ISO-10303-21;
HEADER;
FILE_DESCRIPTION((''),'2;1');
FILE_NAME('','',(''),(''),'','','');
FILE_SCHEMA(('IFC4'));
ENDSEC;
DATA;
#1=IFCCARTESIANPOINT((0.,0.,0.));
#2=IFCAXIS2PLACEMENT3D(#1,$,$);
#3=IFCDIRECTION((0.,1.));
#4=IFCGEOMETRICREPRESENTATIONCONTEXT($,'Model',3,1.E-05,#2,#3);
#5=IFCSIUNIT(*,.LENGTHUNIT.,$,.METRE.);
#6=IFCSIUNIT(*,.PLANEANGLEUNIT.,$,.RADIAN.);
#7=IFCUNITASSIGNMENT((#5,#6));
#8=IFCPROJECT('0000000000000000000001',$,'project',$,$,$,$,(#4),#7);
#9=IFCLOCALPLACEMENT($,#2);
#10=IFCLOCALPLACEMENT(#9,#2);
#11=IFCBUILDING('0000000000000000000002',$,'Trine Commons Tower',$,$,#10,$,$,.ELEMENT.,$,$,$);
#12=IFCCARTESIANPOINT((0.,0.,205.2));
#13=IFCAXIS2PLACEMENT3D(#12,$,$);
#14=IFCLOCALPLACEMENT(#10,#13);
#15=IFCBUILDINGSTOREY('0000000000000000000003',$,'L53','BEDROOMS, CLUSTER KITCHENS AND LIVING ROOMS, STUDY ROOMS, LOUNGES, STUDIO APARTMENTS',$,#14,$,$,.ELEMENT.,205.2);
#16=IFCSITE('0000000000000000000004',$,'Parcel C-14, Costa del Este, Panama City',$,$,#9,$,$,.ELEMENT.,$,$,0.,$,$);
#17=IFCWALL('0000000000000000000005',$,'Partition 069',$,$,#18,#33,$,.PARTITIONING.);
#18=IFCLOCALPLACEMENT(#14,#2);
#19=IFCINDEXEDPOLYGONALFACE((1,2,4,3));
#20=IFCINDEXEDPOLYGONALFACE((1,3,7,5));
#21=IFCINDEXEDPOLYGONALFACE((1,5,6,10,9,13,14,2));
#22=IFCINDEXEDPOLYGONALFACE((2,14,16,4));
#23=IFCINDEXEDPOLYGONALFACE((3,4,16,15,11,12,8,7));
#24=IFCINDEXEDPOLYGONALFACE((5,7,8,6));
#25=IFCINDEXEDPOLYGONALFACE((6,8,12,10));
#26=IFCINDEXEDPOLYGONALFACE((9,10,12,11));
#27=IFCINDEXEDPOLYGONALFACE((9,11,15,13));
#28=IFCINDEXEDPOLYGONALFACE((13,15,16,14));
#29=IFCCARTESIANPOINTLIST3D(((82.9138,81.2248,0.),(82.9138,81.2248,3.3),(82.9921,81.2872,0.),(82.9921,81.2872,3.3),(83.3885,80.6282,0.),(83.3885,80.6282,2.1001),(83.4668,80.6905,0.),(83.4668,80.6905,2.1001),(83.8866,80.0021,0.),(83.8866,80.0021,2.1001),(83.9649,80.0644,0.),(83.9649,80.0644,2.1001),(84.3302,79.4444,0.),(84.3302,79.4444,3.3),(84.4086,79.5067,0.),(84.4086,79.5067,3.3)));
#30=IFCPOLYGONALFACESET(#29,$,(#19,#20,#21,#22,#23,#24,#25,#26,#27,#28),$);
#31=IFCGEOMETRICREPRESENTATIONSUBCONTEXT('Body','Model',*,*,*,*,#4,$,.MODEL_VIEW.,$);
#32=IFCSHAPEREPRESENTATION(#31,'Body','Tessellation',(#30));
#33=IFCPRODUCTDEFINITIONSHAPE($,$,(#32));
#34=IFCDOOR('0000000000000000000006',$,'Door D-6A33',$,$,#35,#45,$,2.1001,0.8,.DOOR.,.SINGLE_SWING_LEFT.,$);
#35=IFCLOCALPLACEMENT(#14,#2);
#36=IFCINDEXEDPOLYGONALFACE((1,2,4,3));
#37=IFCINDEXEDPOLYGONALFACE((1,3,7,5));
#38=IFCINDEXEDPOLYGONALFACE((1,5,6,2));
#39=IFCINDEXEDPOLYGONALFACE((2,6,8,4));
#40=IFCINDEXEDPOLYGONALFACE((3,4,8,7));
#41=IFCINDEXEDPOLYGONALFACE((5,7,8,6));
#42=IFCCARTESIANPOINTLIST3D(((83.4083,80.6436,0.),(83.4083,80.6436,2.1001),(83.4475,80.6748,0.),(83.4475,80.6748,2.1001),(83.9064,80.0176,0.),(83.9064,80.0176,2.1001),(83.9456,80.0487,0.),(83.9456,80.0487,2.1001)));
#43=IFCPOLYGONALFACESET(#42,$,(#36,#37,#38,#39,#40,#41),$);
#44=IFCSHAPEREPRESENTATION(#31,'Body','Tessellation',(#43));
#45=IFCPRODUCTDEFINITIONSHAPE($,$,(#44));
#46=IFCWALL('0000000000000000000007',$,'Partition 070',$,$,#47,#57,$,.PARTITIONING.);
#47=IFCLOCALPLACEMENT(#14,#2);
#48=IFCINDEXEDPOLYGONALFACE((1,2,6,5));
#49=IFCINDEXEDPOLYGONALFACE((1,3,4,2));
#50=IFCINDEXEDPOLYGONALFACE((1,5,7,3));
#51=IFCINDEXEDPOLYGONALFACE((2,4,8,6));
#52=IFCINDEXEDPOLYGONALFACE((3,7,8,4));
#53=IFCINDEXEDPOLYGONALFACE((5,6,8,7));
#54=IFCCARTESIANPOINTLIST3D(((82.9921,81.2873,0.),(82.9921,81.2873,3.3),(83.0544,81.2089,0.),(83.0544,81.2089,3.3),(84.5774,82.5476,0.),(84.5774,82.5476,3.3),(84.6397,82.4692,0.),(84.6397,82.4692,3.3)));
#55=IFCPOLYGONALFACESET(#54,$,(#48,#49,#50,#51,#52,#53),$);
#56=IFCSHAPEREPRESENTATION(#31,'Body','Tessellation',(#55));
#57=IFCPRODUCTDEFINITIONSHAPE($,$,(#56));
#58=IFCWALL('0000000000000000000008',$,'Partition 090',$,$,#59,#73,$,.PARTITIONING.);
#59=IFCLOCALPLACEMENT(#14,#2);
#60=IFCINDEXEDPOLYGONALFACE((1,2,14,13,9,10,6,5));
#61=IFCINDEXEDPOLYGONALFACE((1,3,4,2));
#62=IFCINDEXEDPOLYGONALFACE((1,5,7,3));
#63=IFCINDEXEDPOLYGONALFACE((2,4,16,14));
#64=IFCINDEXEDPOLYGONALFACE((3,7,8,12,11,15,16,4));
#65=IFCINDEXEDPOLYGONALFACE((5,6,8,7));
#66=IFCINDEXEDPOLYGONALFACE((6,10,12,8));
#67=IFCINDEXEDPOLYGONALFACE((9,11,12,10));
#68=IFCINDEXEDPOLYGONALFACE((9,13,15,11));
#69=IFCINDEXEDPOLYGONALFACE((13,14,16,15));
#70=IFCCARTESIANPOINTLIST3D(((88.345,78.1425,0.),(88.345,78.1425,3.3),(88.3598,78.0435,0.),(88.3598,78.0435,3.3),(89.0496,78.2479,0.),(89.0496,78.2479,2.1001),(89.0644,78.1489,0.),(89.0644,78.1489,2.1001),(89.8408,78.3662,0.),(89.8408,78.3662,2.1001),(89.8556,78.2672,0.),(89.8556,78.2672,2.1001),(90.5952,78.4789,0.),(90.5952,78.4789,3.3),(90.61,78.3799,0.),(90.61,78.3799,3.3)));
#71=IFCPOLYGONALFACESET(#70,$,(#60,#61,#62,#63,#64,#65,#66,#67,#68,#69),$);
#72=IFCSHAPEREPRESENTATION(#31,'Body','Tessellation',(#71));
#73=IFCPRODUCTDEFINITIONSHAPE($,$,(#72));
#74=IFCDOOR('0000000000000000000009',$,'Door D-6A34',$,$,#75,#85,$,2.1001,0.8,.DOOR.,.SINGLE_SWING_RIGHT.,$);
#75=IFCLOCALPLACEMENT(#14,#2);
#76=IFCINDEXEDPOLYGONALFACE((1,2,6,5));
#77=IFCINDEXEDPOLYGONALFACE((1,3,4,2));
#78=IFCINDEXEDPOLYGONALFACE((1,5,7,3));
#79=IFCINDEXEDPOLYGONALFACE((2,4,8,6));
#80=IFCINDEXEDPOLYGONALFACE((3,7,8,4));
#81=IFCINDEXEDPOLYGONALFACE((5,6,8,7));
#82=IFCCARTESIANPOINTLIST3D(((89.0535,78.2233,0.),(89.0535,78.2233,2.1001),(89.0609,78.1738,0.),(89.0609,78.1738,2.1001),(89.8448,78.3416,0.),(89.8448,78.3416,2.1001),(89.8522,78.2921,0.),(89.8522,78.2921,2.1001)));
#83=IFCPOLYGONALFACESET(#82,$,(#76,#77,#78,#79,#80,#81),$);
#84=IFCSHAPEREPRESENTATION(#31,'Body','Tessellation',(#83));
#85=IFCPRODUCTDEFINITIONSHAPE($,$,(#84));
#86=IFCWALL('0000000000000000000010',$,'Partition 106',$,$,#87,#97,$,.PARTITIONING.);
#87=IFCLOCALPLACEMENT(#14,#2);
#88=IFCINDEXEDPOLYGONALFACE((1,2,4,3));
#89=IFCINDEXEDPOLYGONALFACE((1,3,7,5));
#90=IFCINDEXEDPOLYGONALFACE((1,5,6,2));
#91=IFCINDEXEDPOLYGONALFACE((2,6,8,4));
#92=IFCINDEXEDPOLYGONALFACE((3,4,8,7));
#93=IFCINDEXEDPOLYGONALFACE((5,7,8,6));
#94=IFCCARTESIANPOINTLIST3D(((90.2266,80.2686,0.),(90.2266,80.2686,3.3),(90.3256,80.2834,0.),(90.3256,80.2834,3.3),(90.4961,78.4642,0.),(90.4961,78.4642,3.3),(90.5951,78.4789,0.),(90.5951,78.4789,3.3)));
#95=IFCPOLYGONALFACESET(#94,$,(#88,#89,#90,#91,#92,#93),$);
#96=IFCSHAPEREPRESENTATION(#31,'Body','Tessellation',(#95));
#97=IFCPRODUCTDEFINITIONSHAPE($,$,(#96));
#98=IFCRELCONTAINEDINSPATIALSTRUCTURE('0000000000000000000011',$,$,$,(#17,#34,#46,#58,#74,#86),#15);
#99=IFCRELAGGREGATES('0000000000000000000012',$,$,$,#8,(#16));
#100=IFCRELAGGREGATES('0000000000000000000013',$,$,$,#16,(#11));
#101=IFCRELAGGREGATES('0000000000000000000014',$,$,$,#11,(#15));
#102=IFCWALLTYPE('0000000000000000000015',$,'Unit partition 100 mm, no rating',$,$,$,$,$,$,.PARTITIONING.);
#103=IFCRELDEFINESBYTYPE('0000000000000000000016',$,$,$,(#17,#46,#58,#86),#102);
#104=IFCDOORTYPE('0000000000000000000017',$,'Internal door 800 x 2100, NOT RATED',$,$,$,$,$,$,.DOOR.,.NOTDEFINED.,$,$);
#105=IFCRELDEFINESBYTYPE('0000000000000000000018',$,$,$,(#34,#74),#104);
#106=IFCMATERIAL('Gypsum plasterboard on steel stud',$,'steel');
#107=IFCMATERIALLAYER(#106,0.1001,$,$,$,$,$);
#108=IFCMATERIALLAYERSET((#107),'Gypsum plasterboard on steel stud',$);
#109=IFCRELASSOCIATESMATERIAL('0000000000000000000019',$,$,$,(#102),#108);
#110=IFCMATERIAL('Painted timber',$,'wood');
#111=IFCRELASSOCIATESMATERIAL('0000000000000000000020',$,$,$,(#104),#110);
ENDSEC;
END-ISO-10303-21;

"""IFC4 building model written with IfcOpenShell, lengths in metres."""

from ifc_helpers import new_model, si_unit, direction, frame, frame_2d, origin, place, context, subcontext, project, spatial, rectangle, extrude, material, layer, layer_set, type_object, element, fill, save


model = new_model("IFC4")

# Units and contexts
model_context = context("Model", 3, precision=1e-05, world=origin(), true_north=direction((0.0, 1.0)))
body_context = subcontext(model_context, "Body", "Model", "MODEL_VIEW")
ifc_project = project(units=[si_unit("LENGTHUNIT", "METRE"), si_unit("PLANEANGLEUNIT", "RADIAN")], contexts=[model_context])

# Site, building, storey
site_placement = place(None, origin())
site = spatial("IfcSite", under=ifc_project, at=site_placement, Name="Parcel C-14, Costa del Este, Panama City", CompositionType="ELEMENT", RefElevation=0.0)
building_placement = place(site_placement, origin())
building = spatial("IfcBuilding", under=site, at=building_placement, Name="Trine Commons Tower", CompositionType="ELEMENT")
storey_placement = place(building_placement, frame((0.0, 0.0, 205.2)))
storey = spatial("IfcBuildingStorey", under=building, at=storey_placement, Name="L53", Description="BEDROOMS, CLUSTER KITCHENS AND LIVING ROOMS, STUDY ROOMS, LOUNGES, STUDIO APARTMENTS", CompositionType="ELEMENT", Elevation=205.2)

# Shared definitions
ifc_material_1 = material(Name="Gypsum plasterboard on steel stud", Category="steel")

# Shared definitions
ifc_material_2 = material(Name="Painted timber", Category="wood")

# Wall, opening, door
ifc_layer_1 = layer(ifc_material_1, 0.1001)
ifc_layer_set_1 = layer_set([ifc_layer_1], Name="Gypsum plasterboard on steel stud")
wall_type_1 = type_object("IfcWallType", Name="Unit partition 100 mm, no rating", PredefinedType="PARTITIONING", material=ifc_layer_set_1)
wall_1_placement = place(storey_placement, frame((82.9529, 81.2561, 0.0), z_axis=(0.0, 0.0, 1.0), x_axis=(0.622573, -0.782562, 0.0)))
wall_1 = element("IfcWall", 1, at=wall_1_placement, inside=storey, type_object=wall_type_1, Name="Partition 069", PredefinedType="PARTITIONING", context=body_context, shape_type="SweptSolid", body=[
    extrude(rectangle(XDim=2.2751, YDim=0.1001, at=frame_2d((1.1377, 0.0))), origin(), (0.0, 0.0, 1.0), 3.3),
])
opening_1_placement = place(wall_1_placement, frame((0.7627, 0.0, 0.0)))
opening_1 = element("IfcOpeningElement", 2, at=opening_1_placement, cuts=wall_1, PredefinedType="OPENING", context=body_context, shape_type="SweptSolid", body=[
    extrude(rectangle(XDim=0.8, YDim=2.1001, at=frame_2d((0.3999, 1.05))), frame((0.0, 0.0601, 0.0), z_axis=(0.0, -1.0, 0.0), x_axis=(1.0, 0.0, 0.0)), (0.0, 0.0, 1.0), 0.1201),
])
door_type_1 = type_object("IfcDoorType", Name="Internal door 800 x 2100, NOT RATED", OperationType="NOTDEFINED", PredefinedType="DOOR", material=ifc_material_2)
door_1_placement = place(opening_1_placement, frame((0.8, 0.0, 0.0), z_axis=(0.0, 0.0, 1.0), x_axis=(-1.0, 0.0, 0.0)))
door_1 = element("IfcDoor", 3, at=door_1_placement, inside=storey, type_object=door_type_1, Name="Door D-6A33", OperationType="SINGLE_SWING_LEFT", OverallHeight=2.1001, OverallWidth=0.8, PredefinedType="DOOR", context=body_context, shape_type="SweptSolid", body=[
    extrude(rectangle(XDim=0.8, YDim=2.1001, at=frame_2d((0.3999, 1.05))), frame((0.0, 0.0249, 0.0), z_axis=(0.0, -1.0, 0.0), x_axis=(1.0, 0.0, 0.0)), (0.0, 0.0, 1.0), 0.05),
])
fill(opening_1, door_1)

# Wall
wall_2_placement = place(storey_placement, frame((83.0232, 81.248, 0.0), z_axis=(0.0, 0.0, 1.0), x_axis=(0.782771, 0.62231, 0.0)))
element("IfcWall", 4, at=wall_2_placement, inside=storey, type_object=wall_type_1, Name="Partition 070", PredefinedType="PARTITIONING", context=body_context, shape_type="SweptSolid", body=[
    extrude(rectangle(XDim=2.0251, YDim=0.1001, at=frame_2d((1.0127, 0.0))), origin(), (0.0, 0.0, 1.0), 3.3),
])

# Wall, opening, door
wall_3_placement = place(storey_placement, frame((88.3523, 78.093, 0.0), z_axis=(0.0, 0.0, 1.0), x_axis=(0.989008, 0.147863, 0.0)))
wall_3 = element("IfcWall", 5, at=wall_3_placement, inside=storey, type_object=wall_type_1, Name="Partition 090", PredefinedType="PARTITIONING", context=body_context, shape_type="SweptSolid", body=[
    extrude(rectangle(XDim=2.2751, YDim=0.1001, at=frame_2d((1.1377, 0.0))), origin(), (0.0, 0.0, 1.0), 3.3),
])
opening_2_placement = place(wall_3_placement, frame((0.7126, 0.0, 0.0)))
opening_2 = element("IfcOpeningElement", 6, at=opening_2_placement, cuts=wall_3, PredefinedType="OPENING", context=body_context, shape_type="SweptSolid", body=[
    extrude(rectangle(XDim=0.8, YDim=2.1001, at=frame_2d((0.3999, 1.05))), frame((0.0, 0.0601, 0.0), z_axis=(0.0, -1.0, 0.0), x_axis=(1.0, 0.0, 0.0)), (0.0, 0.0, 1.0), 0.1201),
])
door_2_placement = place(opening_2_placement, frame((0.8, 0.0, 0.0), z_axis=(0.0, 0.0, 1.0), x_axis=(-1.0, 0.0, 0.0)))
door_2 = element("IfcDoor", 7, at=door_2_placement, inside=storey, type_object=door_type_1, Name="Door D-6A34", OperationType="SINGLE_SWING_RIGHT", OverallHeight=2.1001, OverallWidth=0.8, PredefinedType="DOOR", context=body_context, shape_type="SweptSolid", body=[
    extrude(rectangle(XDim=0.8, YDim=2.1001, at=frame_2d((0.3999, 1.05))), frame((0.0, 0.0249, 0.0), z_axis=(0.0, -1.0, 0.0), x_axis=(1.0, 0.0, 0.0)), (0.0, 0.0, 1.0), 0.05),
])
fill(opening_2, door_2)

# Wall
wall_4_placement = place(storey_placement, frame((90.2761, 80.2759, 0.0), z_axis=(0.0, 0.0, 1.0), x_axis=(0.147732, -0.989027, 0.0)))
element("IfcWall", 8, at=wall_4_placement, inside=storey, type_object=wall_type_1, Name="Partition 106", PredefinedType="PARTITIONING", context=body_context, shape_type="SweptSolid", body=[
    extrude(rectangle(XDim=1.8245, YDim=0.1001, at=frame_2d((0.9121, 0.0))), origin(), (0.0, 0.0, 1.0), 3.3),
])

save(model, "model.ifc")
